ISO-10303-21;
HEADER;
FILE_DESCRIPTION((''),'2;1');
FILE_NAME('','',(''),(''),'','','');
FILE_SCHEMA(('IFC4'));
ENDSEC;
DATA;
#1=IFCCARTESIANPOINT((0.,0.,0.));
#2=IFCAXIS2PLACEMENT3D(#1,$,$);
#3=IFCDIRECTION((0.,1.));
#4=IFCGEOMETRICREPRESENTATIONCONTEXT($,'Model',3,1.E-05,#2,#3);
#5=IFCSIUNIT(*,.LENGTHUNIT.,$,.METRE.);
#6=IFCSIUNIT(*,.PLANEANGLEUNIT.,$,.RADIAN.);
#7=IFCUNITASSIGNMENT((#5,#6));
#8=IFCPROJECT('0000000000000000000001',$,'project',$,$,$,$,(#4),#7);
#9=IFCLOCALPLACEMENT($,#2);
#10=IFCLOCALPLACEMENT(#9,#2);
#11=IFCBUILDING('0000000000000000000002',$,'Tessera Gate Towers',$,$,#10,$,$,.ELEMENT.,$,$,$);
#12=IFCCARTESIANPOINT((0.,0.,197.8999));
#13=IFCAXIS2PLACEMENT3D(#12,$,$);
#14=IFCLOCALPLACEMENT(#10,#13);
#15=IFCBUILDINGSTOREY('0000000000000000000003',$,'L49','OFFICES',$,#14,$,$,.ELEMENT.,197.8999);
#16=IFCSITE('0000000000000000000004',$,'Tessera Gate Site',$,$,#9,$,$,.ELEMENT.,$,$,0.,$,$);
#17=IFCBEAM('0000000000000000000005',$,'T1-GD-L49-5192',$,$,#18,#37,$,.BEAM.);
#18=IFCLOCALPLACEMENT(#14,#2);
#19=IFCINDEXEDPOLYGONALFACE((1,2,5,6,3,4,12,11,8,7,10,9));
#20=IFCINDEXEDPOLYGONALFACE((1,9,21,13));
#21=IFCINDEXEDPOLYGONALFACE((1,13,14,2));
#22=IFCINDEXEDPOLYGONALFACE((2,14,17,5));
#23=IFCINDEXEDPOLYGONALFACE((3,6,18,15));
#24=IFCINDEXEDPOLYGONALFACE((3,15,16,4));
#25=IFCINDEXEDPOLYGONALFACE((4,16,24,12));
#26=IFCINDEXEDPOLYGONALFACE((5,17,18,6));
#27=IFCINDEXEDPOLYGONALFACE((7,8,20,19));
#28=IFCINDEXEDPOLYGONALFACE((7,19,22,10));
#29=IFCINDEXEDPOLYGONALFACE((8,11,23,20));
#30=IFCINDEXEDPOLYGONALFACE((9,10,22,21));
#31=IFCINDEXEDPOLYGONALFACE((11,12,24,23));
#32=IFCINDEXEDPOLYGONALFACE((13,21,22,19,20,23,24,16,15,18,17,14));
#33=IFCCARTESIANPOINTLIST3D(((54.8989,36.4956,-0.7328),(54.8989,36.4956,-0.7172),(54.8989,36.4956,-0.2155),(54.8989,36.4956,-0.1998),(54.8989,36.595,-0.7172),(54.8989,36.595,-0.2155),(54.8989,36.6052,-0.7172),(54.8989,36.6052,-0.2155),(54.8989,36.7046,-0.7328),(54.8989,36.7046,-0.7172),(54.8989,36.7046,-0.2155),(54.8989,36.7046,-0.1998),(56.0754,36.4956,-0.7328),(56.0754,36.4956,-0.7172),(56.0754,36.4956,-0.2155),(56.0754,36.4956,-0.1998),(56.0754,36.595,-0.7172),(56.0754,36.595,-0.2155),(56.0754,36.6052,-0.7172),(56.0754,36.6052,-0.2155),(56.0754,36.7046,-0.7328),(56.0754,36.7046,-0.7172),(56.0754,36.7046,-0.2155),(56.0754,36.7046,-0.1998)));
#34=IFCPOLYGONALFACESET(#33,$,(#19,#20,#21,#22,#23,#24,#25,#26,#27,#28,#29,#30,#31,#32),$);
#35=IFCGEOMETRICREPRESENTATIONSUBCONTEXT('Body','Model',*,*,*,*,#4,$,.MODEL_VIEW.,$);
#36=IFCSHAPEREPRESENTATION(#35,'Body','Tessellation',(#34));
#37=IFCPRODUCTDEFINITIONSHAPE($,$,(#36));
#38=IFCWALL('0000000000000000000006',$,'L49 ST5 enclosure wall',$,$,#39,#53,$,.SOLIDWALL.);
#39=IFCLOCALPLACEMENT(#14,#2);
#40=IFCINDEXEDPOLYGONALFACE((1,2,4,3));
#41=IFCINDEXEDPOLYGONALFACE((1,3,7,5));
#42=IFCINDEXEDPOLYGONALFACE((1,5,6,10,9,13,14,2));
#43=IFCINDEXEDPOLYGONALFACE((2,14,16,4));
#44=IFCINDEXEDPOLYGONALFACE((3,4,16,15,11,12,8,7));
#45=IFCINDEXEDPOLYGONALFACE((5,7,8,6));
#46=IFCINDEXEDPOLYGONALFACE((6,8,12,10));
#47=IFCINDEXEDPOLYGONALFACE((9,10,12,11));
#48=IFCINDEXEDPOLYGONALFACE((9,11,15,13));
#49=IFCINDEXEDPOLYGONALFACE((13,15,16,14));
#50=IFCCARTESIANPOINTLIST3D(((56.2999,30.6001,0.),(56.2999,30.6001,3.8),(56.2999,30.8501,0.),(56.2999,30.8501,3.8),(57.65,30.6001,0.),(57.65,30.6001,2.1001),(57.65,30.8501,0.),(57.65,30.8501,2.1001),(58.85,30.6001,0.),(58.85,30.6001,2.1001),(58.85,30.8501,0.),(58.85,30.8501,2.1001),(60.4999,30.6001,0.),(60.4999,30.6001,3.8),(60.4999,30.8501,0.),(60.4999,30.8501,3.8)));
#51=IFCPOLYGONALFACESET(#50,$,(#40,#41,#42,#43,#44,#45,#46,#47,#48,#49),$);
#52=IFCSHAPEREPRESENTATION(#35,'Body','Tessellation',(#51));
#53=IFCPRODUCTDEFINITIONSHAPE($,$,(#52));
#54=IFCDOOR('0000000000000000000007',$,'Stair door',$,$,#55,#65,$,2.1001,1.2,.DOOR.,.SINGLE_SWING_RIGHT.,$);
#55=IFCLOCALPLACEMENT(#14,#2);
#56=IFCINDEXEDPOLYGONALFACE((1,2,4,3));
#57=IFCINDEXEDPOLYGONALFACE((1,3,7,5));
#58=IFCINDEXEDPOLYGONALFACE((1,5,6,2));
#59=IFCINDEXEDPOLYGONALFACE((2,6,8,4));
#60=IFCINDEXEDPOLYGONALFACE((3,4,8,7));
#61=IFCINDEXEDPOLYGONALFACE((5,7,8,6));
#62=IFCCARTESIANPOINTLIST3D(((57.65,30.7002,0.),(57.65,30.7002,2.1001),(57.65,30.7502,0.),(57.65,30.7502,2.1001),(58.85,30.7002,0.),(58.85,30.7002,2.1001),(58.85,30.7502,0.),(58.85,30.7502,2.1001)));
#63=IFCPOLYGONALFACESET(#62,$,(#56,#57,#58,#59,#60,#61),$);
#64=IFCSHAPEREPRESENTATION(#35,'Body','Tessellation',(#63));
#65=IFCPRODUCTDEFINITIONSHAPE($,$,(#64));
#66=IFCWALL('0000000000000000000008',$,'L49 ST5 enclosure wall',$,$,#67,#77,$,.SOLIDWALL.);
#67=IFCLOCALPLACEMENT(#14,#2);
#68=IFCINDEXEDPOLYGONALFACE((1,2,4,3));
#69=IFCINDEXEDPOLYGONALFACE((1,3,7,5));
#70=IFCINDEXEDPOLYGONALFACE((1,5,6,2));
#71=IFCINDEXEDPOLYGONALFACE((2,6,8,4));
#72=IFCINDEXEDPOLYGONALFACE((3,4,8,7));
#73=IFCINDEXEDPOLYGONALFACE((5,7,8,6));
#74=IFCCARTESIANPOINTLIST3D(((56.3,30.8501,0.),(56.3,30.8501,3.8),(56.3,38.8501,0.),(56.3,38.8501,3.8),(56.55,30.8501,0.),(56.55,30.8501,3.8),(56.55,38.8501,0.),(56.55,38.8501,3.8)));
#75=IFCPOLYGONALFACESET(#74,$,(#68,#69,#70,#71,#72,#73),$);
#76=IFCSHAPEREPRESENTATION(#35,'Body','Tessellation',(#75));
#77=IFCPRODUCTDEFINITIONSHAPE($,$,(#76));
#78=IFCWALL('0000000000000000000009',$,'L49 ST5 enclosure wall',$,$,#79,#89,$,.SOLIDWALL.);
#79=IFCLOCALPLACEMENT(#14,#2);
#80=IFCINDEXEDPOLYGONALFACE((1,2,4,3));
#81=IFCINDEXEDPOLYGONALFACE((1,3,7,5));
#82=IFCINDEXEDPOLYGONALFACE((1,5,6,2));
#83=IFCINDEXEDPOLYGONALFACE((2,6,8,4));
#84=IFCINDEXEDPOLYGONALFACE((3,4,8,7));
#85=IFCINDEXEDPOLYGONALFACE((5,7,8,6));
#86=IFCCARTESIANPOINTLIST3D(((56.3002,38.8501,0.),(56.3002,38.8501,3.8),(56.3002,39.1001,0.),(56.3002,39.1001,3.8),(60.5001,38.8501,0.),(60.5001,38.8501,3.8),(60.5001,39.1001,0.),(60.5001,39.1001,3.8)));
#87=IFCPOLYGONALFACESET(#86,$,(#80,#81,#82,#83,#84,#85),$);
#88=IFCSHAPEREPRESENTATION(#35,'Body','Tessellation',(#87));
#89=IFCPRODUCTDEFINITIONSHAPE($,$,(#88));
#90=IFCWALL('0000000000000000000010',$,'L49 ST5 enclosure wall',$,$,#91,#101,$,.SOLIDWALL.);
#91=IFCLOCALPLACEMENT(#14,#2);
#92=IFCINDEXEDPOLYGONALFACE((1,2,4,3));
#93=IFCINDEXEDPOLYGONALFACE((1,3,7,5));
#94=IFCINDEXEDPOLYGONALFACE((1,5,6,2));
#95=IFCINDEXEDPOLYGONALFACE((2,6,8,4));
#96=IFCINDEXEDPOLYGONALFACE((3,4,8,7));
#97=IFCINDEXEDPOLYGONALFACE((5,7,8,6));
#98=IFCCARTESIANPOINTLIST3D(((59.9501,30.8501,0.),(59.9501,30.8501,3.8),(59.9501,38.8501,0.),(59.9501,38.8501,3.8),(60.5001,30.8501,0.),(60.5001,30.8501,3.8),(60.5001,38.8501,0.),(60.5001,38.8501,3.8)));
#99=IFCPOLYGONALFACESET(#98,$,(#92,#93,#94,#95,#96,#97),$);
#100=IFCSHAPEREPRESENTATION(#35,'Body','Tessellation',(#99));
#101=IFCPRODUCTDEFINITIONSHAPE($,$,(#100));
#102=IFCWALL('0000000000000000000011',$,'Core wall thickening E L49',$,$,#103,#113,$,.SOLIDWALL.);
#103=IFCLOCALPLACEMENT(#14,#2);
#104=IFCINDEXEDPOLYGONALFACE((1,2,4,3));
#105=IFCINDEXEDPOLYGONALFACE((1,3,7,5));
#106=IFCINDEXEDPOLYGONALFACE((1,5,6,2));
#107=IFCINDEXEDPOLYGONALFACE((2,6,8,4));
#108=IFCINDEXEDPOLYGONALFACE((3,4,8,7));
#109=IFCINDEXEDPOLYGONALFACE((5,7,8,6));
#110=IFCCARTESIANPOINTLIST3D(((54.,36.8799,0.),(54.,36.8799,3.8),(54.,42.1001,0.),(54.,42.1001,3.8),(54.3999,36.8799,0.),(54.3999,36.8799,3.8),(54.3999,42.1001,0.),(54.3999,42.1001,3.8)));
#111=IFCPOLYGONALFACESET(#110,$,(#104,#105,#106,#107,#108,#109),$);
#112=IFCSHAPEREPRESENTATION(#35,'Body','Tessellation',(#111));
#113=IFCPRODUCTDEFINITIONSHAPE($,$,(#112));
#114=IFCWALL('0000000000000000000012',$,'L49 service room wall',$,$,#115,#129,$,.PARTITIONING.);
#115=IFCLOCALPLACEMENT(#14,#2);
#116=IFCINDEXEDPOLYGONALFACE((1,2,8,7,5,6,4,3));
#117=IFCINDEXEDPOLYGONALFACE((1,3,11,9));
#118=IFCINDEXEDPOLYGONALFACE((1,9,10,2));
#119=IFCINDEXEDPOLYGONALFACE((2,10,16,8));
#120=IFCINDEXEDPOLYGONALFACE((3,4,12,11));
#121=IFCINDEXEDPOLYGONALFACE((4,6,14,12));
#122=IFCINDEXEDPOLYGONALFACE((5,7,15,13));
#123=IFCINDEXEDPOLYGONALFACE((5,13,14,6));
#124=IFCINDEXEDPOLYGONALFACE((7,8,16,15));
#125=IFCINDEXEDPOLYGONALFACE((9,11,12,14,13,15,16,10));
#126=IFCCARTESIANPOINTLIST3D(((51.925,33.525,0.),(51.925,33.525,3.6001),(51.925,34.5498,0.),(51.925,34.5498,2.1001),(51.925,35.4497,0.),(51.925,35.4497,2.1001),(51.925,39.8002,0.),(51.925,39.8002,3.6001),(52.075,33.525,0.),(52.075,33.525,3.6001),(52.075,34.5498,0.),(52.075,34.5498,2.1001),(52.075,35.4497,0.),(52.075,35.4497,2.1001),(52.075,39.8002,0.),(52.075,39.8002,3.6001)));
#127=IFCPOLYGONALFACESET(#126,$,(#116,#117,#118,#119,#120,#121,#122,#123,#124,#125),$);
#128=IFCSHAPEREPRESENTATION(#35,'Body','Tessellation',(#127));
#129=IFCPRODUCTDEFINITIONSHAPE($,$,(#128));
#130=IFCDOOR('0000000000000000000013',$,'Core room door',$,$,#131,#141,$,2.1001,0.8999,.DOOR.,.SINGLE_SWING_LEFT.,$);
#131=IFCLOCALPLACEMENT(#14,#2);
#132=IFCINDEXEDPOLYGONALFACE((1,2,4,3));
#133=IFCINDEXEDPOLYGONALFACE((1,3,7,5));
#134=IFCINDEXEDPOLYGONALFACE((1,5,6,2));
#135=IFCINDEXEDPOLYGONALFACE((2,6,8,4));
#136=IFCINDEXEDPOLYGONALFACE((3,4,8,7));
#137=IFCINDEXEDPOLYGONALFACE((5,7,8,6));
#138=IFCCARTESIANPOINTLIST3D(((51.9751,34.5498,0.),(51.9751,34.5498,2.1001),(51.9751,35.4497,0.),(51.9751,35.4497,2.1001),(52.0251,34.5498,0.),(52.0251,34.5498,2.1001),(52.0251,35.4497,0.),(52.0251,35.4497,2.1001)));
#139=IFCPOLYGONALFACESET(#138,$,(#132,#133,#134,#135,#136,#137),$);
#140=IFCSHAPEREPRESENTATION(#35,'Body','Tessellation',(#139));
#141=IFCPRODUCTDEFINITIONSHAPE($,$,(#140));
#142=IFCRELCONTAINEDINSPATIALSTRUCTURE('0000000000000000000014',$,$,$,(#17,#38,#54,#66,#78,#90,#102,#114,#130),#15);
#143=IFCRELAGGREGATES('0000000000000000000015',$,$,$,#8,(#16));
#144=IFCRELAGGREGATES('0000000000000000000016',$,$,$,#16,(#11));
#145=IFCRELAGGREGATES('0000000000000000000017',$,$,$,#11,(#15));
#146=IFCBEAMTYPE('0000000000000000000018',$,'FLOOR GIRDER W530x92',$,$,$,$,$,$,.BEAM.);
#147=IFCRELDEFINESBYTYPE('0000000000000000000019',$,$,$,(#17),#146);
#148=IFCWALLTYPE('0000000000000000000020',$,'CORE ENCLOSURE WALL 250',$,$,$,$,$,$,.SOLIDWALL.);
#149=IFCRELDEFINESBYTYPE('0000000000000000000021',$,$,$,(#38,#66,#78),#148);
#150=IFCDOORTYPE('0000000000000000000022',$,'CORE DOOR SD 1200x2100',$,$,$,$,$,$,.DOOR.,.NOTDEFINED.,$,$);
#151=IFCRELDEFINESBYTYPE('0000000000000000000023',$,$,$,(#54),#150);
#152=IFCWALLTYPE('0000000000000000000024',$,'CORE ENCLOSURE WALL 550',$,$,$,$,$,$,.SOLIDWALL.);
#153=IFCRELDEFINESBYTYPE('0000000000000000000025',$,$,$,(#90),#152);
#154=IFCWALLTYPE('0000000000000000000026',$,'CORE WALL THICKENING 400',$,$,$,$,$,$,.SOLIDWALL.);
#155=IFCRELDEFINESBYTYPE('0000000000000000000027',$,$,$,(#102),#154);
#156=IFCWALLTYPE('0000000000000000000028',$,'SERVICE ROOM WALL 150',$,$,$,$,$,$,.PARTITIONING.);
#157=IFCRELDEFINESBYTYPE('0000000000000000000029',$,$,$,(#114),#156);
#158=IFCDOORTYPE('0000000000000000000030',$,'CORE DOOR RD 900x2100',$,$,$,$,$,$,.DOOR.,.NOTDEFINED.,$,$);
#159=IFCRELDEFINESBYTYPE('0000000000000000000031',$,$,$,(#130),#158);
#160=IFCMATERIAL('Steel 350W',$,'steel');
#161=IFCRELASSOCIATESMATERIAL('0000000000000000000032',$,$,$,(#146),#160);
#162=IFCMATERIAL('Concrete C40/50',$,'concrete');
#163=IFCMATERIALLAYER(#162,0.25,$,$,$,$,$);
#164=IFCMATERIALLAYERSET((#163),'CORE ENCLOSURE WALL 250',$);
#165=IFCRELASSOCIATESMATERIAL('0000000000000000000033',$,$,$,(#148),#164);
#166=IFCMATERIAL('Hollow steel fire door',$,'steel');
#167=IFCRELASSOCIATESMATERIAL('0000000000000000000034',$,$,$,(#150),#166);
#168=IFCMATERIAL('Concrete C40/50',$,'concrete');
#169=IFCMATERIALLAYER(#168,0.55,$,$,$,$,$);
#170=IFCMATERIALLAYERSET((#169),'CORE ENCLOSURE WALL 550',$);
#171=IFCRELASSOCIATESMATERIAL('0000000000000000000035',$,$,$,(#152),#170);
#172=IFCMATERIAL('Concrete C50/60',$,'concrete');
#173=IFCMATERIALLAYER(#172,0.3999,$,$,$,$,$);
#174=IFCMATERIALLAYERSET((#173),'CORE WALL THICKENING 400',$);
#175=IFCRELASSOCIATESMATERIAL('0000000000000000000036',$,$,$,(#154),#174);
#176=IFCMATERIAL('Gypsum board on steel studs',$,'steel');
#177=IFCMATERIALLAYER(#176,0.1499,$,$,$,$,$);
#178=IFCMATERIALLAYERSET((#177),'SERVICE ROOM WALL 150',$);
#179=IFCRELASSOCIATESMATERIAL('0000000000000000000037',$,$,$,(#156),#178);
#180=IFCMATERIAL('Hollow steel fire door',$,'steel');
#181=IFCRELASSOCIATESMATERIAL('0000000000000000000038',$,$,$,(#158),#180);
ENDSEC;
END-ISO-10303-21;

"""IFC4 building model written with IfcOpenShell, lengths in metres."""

from ifc_helpers import new_model, si_unit, direction, frame, frame_2d, origin, origin_2d, place, context, subcontext, project, spatial, rectangle, i_section, extrude, source, transform, mapped, material, layer, layer_set, material_profile, profile_set, type_object, element, fill, save


model = new_model("IFC4")

# Units and contexts
model_context = context("Model", 3, precision=1e-05, world=origin(), true_north=direction((0.0, 1.0)))
body_context = subcontext(model_context, "Body", "Model", "MODEL_VIEW")
ifc_project = project(units=[si_unit("LENGTHUNIT", "METRE"), si_unit("PLANEANGLEUNIT", "RADIAN")], contexts=[model_context])

# Site, building, storey
site_placement = place(None, origin())
site = spatial("IfcSite", under=ifc_project, at=site_placement, Name="Tessera Gate Site", CompositionType="ELEMENT", RefElevation=0.0)
building_placement = place(site_placement, origin())
building = spatial("IfcBuilding", under=site, at=building_placement, Name="Tessera Gate Towers", CompositionType="ELEMENT")
storey_placement = place(building_placement, frame((0.0, 0.0, 197.8999)))
storey = spatial("IfcBuildingStorey", under=building, at=storey_placement, Name="L49", Description="OFFICES", CompositionType="ELEMENT", Elevation=197.8999)

# Beam
ifc_material_1 = material(Name="Steel 350W", Category="steel")
ifc_material_profile = material_profile(ifc_material_1, i_section(OverallWidth=0.209, OverallDepth=0.533, WebThickness=0.0103, FlangeThickness=0.0156, at=origin_2d()), Name="W530x92")
ifc_profile_set = profile_set([ifc_material_profile], Name="Steel 350W")
beam_type = type_object("IfcBeamType", Name="FLOOR GIRDER W530x92", PredefinedType="BEAM", material=ifc_profile_set)
beam_placement = place(storey_placement, frame((54.8989, 36.6001, -0.4663), z_axis=(1.0, 0.0, 0.0), x_axis=(0.0, 1.0, 0.0)))
element("IfcBeam", 1, at=beam_placement, inside=storey, type_object=beam_type, Name="T1-GD-L49-5192", PredefinedType="BEAM", context=body_context, shape_type="SweptSolid", body=[
    extrude(i_section(OverallWidth=0.209, OverallDepth=0.533, WebThickness=0.0103, FlangeThickness=0.0156, at=origin_2d()), origin(), (0.0, 0.0, 1.0), 1.1765),
])

# Wall, opening, door
ifc_material_2 = material(Name="Concrete C40/50", Category="concrete")
ifc_layer_1 = layer(ifc_material_2, 0.25)
ifc_layer_set_1 = layer_set([ifc_layer_1], Name="CORE ENCLOSURE WALL 250")
wall_type_1 = type_object("IfcWallType", Name="CORE ENCLOSURE WALL 250", PredefinedType="SOLIDWALL", material=ifc_layer_set_1)
wall_1_placement = place(storey_placement, frame((60.5, 30.7251, 0.0), z_axis=(0.0, 0.0, 1.0), x_axis=(-1.0, 0.0, 0.0)))
wall_1 = element("IfcWall", 2, at=wall_1_placement, inside=storey, type_object=wall_type_1, Name="L49 ST5 enclosure wall", PredefinedType="SOLIDWALL", context=body_context, shape_type="SweptSolid", body=[
    extrude(rectangle(XDim=4.2, YDim=0.25, at=frame_2d((2.1001, 0.0))), origin(), (0.0, 0.0, 1.0), 3.8),
])
shared_shape_1 = source(origin(), body_context, "Body", "SweptSolid", [
    extrude(rectangle(XDim=1.2, YDim=2.1001, at=frame_2d((0.6001, 1.05))), frame((0.0, 0.135, 0.0), z_axis=(0.0, -1.0, 0.0), x_axis=(1.0, 0.0, 0.0)), (0.0, 0.0, 1.0), 0.27),
])
opening_1_placement = place(wall_1_placement, frame((1.6499, 0.0, 0.0)))
opening_1 = element("IfcOpeningElement", 3, at=opening_1_placement, cuts=wall_1, PredefinedType="OPENING", context=body_context, shape_type="MappedRepresentation", body=[
    mapped(shared_shape_1, transform((0.0, 0.0, 0.0), scale=1.0)),
])
ifc_material_3 = material(Name="Hollow steel fire door", Category="steel")
door_type_1 = type_object("IfcDoorType", Name="CORE DOOR SD 1200x2100", OperationType="NOTDEFINED", PredefinedType="DOOR", material=ifc_material_3)
shared_shape_2 = source(origin(), body_context, "Body", "SweptSolid", [
    extrude(rectangle(XDim=1.2, YDim=2.1001, at=frame_2d((0.6001, 1.05))), frame((0.0, 0.0249, 0.0), z_axis=(0.0, -1.0, 0.0), x_axis=(1.0, 0.0, 0.0)), (0.0, 0.0, 1.0), 0.05),
])
door_1_placement = place(opening_1_placement, origin())
door_1 = element("IfcDoor", 4, at=door_1_placement, inside=storey, type_object=door_type_1, Name="Stair door", OperationType="SINGLE_SWING_RIGHT", OverallHeight=2.1001, OverallWidth=1.2, PredefinedType="DOOR", context=body_context, shape_type="MappedRepresentation", body=[
    mapped(shared_shape_2, transform((0.0, 0.0, 0.0), scale=1.0)),
])
fill(opening_1, door_1)

# Walls
wall_2_placement = place(storey_placement, frame((56.425, 30.8501, 0.0), z_axis=(0.0, 0.0, 1.0), x_axis=(0.0, 1.0, 0.0)))
element("IfcWall", 5, at=wall_2_placement, inside=storey, type_object=wall_type_1, Name="L49 ST5 enclosure wall", PredefinedType="SOLIDWALL", context=body_context, shape_type="SweptSolid", body=[
    extrude(rectangle(XDim=8.0, YDim=0.25, at=frame_2d((4.0, 0.0))), origin(), (0.0, 0.0, 1.0), 3.8),
])
wall_3_placement = place(storey_placement, frame((56.3, 38.9751, 0.0), z_axis=(0.0, 0.0, 1.0), x_axis=(1.0, 0.0, 0.0)))
element("IfcWall", 6, at=wall_3_placement, inside=storey, type_object=wall_type_1, Name="L49 ST5 enclosure wall", PredefinedType="SOLIDWALL", context=body_context, shape_type="SweptSolid", body=[
    extrude(rectangle(XDim=4.2, YDim=0.25, at=frame_2d((2.1001, 0.0))), origin(), (0.0, 0.0, 1.0), 3.8),
])
ifc_material_4 = material(Name="Concrete C40/50", Category="concrete")
ifc_layer_2 = layer(ifc_material_4, 0.55)
ifc_layer_set_2 = layer_set([ifc_layer_2], Name="CORE ENCLOSURE WALL 550")
wall_type_2 = type_object("IfcWallType", Name="CORE ENCLOSURE WALL 550", PredefinedType="SOLIDWALL", material=ifc_layer_set_2)
wall_4_placement = place(storey_placement, frame((60.2251, 38.8501, 0.0), z_axis=(0.0, 0.0, 1.0), x_axis=(0.0, -1.0, 0.0)))
element("IfcWall", 7, at=wall_4_placement, inside=storey, type_object=wall_type_2, Name="L49 ST5 enclosure wall", PredefinedType="SOLIDWALL", context=body_context, shape_type="SweptSolid", body=[
    extrude(rectangle(XDim=8.0, YDim=0.55, at=frame_2d((4.0, 0.0))), origin(), (0.0, 0.0, 1.0), 3.8),
])
ifc_material_5 = material(Name="Concrete C50/60", Category="concrete")
ifc_layer_3 = layer(ifc_material_5, 0.3999)
ifc_layer_set_3 = layer_set([ifc_layer_3], Name="CORE WALL THICKENING 400")
wall_type_3 = type_object("IfcWallType", Name="CORE WALL THICKENING 400", PredefinedType="SOLIDWALL", material=ifc_layer_set_3)
wall_5_placement = place(storey_placement, frame((54.2, 36.8799, 0.0), z_axis=(0.0, 0.0, 1.0), x_axis=(0.0, 1.0, 0.0)))
element("IfcWall", 8, at=wall_5_placement, inside=storey, type_object=wall_type_3, Name="Core wall thickening E L49", PredefinedType="SOLIDWALL", context=body_context, shape_type="SweptSolid", body=[
    extrude(rectangle(XDim=5.2202, YDim=0.3999, at=frame_2d((2.6101, 0.0))), origin(), (0.0, 0.0, 1.0), 3.8),
])

# Wall, opening, door
ifc_material_6 = material(Name="Gypsum board on steel studs", Category="steel")
ifc_layer_4 = layer(ifc_material_6, 0.1499)
ifc_layer_set_4 = layer_set([ifc_layer_4], Name="SERVICE ROOM WALL 150")
wall_type_4 = type_object("IfcWallType", Name="SERVICE ROOM WALL 150", PredefinedType="PARTITIONING", material=ifc_layer_set_4)
wall_6_placement = place(storey_placement, frame((52.0, 33.5249, 0.0), z_axis=(0.0, 0.0, 1.0), x_axis=(0.0, 1.0, 0.0)))
wall_6 = element("IfcWall", 9, at=wall_6_placement, inside=storey, type_object=wall_type_4, Name="L49 service room wall", PredefinedType="PARTITIONING", context=body_context, shape_type="SweptSolid", body=[
    extrude(rectangle(XDim=6.2751, YDim=0.1499, at=frame_2d((3.1377, 0.0))), origin(), (0.0, 0.0, 1.0), 3.6001),
])
shared_shape_3 = source(origin(), body_context, "Body", "SweptSolid", [
    extrude(rectangle(XDim=0.8999, YDim=2.1001, at=frame_2d((0.45, 1.05))), frame((0.0, 0.085, 0.0), z_axis=(0.0, -1.0, 0.0), x_axis=(1.0, 0.0, 0.0)), (0.0, 0.0, 1.0), 0.1699),
])
opening_2_placement = place(wall_6_placement, frame((1.0249, 0.0, 0.0)))
opening_2 = element("IfcOpeningElement", 10, at=opening_2_placement, cuts=wall_6, PredefinedType="OPENING", context=body_context, shape_type="MappedRepresentation", body=[
    mapped(shared_shape_3, transform((0.0, 0.0, 0.0), scale=1.0)),
])
ifc_material_7 = material(Name="Hollow steel fire door", Category="steel")
door_type_2 = type_object("IfcDoorType", Name="CORE DOOR RD 900x2100", OperationType="NOTDEFINED", PredefinedType="DOOR", material=ifc_material_7)
shared_shape_4 = source(origin(), body_context, "Body", "SweptSolid", [
    extrude(rectangle(XDim=0.8999, YDim=2.1001, at=frame_2d((0.45, 1.05))), frame((0.0, 0.0249, 0.0), z_axis=(0.0, -1.0, 0.0), x_axis=(1.0, 0.0, 0.0)), (0.0, 0.0, 1.0), 0.05),
])
door_2_placement = place(opening_2_placement, origin())
door_2 = element("IfcDoor", 11, at=door_2_placement, inside=storey, type_object=door_type_2, Name="Core room door", OperationType="SINGLE_SWING_LEFT", OverallHeight=2.1001, OverallWidth=0.8999, PredefinedType="DOOR", context=body_context, shape_type="MappedRepresentation", body=[
    mapped(shared_shape_4, transform((0.0, 0.0, 0.0), scale=1.0)),
])
fill(opening_2, door_2)

save(model, "model.ifc")
